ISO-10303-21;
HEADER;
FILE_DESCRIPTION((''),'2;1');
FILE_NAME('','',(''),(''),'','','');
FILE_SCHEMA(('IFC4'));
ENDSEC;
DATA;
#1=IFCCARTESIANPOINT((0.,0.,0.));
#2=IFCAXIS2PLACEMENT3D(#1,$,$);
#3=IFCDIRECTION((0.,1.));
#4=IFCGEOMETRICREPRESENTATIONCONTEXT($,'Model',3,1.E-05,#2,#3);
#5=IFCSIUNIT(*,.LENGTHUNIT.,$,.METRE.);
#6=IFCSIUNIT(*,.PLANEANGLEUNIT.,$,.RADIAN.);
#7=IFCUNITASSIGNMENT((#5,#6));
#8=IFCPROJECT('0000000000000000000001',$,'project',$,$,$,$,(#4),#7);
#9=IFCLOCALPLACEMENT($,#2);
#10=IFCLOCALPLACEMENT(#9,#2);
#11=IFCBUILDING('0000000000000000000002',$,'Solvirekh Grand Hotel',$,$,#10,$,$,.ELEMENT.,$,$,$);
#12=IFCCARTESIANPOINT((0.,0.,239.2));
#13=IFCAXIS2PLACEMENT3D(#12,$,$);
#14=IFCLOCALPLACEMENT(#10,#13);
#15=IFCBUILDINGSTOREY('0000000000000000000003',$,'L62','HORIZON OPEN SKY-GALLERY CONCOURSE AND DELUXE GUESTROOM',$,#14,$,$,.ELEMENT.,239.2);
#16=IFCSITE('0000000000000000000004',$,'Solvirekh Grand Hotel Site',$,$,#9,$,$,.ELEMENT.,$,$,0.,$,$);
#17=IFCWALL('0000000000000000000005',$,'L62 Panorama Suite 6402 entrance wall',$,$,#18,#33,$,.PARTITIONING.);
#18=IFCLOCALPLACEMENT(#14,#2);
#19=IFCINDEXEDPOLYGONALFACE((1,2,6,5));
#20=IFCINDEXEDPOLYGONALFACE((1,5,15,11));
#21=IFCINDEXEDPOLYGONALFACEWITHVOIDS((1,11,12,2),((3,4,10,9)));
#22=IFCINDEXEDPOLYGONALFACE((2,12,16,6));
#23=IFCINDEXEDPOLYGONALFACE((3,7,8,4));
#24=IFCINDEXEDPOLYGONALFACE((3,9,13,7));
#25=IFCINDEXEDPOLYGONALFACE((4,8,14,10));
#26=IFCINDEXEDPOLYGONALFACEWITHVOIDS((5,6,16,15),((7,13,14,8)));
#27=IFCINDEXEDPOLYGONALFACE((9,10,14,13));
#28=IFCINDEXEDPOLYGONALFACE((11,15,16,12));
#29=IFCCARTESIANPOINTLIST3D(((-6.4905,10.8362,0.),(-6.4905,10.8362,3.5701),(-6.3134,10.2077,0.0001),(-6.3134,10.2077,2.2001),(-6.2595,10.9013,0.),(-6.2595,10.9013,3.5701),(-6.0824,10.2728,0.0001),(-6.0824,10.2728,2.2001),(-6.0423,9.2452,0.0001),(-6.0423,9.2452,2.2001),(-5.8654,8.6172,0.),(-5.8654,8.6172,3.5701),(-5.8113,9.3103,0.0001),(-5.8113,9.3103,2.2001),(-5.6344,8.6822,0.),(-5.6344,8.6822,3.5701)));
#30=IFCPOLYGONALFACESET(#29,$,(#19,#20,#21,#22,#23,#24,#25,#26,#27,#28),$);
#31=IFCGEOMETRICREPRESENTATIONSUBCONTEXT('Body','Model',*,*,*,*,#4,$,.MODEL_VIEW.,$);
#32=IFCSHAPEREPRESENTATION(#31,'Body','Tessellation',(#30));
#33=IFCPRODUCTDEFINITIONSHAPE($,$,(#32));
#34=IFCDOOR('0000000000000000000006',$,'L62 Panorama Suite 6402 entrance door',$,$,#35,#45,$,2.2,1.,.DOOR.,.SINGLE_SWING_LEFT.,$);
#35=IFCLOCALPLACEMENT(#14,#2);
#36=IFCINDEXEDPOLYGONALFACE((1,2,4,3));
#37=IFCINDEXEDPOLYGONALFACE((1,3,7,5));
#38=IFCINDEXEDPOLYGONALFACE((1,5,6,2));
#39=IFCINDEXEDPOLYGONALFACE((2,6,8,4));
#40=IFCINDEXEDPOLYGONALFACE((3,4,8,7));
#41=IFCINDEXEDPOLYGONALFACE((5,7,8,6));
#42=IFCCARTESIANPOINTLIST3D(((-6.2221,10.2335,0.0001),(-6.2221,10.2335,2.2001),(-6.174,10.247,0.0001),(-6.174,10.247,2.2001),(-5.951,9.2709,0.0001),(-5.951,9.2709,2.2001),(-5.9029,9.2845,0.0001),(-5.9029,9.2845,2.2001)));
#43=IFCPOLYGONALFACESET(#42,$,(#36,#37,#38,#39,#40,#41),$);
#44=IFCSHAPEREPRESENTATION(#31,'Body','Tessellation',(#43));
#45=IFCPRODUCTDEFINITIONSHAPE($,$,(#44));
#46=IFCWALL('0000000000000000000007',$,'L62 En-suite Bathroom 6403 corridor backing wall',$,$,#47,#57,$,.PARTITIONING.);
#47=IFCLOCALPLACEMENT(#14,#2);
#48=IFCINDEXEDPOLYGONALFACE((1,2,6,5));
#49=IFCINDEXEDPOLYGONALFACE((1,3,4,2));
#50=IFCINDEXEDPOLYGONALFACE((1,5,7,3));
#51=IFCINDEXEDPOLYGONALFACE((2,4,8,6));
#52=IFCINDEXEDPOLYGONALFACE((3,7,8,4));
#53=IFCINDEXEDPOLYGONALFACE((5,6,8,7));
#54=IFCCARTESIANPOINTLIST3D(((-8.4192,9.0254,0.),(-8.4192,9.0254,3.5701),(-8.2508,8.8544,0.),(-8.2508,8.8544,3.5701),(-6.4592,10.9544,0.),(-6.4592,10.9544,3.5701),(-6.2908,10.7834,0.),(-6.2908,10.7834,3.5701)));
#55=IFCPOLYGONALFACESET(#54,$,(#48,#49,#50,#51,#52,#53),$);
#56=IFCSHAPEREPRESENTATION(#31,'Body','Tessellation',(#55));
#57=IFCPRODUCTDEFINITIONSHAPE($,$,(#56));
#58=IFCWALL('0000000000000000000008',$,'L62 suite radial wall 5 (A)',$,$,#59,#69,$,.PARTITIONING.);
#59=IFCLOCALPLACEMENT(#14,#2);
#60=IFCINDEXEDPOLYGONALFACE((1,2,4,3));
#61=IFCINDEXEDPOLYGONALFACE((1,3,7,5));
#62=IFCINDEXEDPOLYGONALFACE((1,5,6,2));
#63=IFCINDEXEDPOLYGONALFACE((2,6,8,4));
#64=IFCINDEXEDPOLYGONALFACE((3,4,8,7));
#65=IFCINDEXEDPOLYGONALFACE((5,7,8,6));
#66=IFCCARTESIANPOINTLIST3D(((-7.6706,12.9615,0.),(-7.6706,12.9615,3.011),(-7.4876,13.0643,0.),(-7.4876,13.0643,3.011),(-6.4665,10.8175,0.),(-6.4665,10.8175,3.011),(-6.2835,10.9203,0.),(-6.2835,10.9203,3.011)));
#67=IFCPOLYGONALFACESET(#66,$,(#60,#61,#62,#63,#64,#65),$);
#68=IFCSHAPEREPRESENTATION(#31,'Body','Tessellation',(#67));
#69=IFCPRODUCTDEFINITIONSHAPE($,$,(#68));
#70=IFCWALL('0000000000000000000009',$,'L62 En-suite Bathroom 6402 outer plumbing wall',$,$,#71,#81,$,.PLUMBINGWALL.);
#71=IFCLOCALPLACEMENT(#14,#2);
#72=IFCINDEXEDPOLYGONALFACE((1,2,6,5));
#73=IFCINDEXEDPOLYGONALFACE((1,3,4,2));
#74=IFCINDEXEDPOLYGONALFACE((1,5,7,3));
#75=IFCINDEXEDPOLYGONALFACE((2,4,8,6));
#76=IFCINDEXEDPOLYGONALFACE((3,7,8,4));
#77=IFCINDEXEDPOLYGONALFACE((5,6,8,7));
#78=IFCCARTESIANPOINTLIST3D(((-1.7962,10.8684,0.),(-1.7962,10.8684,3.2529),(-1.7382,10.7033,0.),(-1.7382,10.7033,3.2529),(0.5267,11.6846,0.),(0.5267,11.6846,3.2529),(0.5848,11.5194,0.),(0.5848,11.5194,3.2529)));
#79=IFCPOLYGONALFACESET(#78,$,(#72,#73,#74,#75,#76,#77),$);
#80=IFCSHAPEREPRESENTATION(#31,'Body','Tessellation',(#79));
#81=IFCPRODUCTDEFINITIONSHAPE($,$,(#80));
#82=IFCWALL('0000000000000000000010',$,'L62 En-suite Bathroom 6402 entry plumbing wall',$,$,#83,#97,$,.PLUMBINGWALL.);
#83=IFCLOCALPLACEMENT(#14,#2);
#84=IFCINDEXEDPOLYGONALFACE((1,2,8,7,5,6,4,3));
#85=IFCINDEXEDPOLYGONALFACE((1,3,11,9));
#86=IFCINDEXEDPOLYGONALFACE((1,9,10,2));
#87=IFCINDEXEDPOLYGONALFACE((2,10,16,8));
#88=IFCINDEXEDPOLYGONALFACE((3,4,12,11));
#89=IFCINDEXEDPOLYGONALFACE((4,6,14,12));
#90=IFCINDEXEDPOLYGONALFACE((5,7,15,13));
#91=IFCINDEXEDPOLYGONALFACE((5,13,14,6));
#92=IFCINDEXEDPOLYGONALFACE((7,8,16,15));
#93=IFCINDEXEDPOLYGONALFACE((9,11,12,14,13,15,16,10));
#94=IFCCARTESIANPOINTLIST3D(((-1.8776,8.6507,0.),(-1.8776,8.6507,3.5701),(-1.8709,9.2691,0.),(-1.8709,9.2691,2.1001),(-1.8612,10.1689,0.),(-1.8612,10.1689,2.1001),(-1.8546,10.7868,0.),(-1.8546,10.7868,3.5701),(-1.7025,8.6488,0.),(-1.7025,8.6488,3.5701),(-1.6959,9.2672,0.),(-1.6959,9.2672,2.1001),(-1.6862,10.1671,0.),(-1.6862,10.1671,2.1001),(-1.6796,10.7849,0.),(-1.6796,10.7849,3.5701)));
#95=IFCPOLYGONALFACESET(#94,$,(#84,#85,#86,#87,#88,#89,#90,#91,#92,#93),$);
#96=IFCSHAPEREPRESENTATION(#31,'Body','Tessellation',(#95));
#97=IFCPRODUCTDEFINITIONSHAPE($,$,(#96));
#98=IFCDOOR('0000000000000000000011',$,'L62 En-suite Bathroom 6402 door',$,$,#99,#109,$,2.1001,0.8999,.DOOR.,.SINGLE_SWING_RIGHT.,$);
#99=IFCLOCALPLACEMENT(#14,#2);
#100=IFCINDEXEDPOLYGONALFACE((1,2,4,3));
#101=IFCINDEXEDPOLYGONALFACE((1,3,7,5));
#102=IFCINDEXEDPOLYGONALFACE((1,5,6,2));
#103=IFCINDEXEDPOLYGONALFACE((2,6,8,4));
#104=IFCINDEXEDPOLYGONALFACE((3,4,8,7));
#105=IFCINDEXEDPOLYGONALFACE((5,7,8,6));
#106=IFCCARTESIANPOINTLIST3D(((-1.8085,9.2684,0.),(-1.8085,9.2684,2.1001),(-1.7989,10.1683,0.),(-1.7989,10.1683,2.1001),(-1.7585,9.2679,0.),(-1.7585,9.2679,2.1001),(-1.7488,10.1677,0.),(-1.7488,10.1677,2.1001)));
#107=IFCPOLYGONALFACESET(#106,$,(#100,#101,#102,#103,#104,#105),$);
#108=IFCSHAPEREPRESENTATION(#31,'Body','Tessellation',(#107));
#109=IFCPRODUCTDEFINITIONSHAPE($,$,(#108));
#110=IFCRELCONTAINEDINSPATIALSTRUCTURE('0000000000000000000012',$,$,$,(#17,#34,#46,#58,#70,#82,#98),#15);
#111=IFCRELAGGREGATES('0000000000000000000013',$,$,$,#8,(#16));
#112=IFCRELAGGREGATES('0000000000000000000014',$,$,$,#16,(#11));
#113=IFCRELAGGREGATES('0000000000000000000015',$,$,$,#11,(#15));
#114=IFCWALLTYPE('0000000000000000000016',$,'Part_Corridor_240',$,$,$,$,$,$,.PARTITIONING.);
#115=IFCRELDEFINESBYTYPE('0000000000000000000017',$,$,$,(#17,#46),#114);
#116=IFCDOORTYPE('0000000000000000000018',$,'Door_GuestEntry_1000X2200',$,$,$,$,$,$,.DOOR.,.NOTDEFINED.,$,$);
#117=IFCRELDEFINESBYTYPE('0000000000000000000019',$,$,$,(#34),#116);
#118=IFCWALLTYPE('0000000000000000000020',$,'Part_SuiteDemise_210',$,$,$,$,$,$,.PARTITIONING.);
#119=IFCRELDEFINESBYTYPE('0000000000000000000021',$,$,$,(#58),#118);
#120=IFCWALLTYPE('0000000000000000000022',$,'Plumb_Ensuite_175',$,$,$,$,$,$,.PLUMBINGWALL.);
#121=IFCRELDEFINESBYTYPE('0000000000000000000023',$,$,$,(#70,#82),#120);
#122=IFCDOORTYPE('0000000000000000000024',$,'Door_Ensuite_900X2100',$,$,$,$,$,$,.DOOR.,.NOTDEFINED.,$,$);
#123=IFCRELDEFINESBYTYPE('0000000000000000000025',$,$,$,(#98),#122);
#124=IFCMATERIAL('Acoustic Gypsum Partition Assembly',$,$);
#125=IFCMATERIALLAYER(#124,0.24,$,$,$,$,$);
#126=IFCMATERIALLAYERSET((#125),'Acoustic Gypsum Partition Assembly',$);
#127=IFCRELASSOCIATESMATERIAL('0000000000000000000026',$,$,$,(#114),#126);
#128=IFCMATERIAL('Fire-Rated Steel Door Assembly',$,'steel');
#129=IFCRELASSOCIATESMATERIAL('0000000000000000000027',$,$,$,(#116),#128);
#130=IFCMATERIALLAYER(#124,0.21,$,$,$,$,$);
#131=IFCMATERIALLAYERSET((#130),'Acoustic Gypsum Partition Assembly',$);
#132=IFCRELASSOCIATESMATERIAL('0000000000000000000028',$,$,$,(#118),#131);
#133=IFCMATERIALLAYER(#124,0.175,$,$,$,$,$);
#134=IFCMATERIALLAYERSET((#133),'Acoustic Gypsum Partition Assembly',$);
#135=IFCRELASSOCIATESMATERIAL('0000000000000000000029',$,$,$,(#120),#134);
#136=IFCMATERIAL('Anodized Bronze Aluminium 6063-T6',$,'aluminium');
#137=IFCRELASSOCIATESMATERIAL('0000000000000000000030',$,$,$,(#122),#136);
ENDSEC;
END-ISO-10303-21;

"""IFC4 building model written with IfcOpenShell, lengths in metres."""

from ifc_helpers import new_model, si_unit, direction, frame, frame_2d, origin, place, context, subcontext, project, spatial, rectangle, extrude, material, layer, layer_set, type_object, element, fill, save


model = new_model("IFC4")

# Units and contexts
model_context = context("Model", 3, precision=1e-05, world=origin(), true_north=direction((0.0, 1.0)))
body_context = subcontext(model_context, "Body", "Model", "MODEL_VIEW")
ifc_project = project(units=[si_unit("LENGTHUNIT", "METRE"), si_unit("PLANEANGLEUNIT", "RADIAN")], contexts=[model_context])

# Site, building, storey
site_placement = place(None, origin())
site = spatial("IfcSite", under=ifc_project, at=site_placement, Name="Solvirekh Grand Hotel Site", CompositionType="ELEMENT", RefElevation=0.0)
building_placement = place(site_placement, origin())
building = spatial("IfcBuilding", under=site, at=building_placement, Name="Solvirekh Grand Hotel", CompositionType="ELEMENT")
storey_placement = place(building_placement, frame((0.0, 0.0, 239.2)))
storey = spatial("IfcBuildingStorey", under=building, at=storey_placement, Name="L62", Description="HORIZON OPEN SKY-GALLERY CONCOURSE AND DELUXE GUESTROOM", CompositionType="ELEMENT", Elevation=239.2)

# Shared definitions
ifc_material_1 = material(Name="Anodized Bronze Aluminium 6063-T6", Category="aluminium")

# Shared definitions
ifc_material_2 = material(Name="Acoustic Gypsum Partition Assembly")
ifc_layer_1 = layer(ifc_material_2, 0.24)
ifc_layer_set_1 = layer_set([ifc_layer_1], Name="Acoustic Gypsum Partition Assembly")
wall_type_1 = type_object("IfcWallType", Name="Part_Corridor_240", PredefinedType="PARTITIONING", material=ifc_layer_set_1)

# Wall, opening, door
wall_1_placement = place(storey_placement, frame((-6.375, 10.8689, 0.0), z_axis=(0.0, 0.0, 1.0), x_axis=(0.271111, -0.962548, 0.0)))
wall_1 = element("IfcWall", 1, at=wall_1_placement, inside=storey, type_object=wall_type_1, Name="L62 Panorama Suite 6402 entrance wall", PredefinedType="PARTITIONING", context=body_context, shape_type="SweptSolid", body=[
    extrude(rectangle(XDim=2.3054, YDim=0.24, at=frame_2d((1.1528, 0.0))), origin(), (0.0, 0.0, 1.0), 3.5701),
])
opening_1_placement = place(wall_1_placement, frame((0.6531, 0.0, 0.0)))
opening_1 = element("IfcOpeningElement", 2, at=opening_1_placement, cuts=wall_1, PredefinedType="OPENING", context=body_context, shape_type="SweptSolid", body=[
    extrude(rectangle(XDim=1.0, YDim=2.2, at=frame_2d((0.5, 1.1001))), frame((0.0, 0.1299, 0.0), z_axis=(0.0, -1.0, 0.0), x_axis=(1.0, 0.0, 0.0)), (0.0, 0.0, 1.0), 0.26),
])
ifc_material_3 = material(Name="Fire-Rated Steel Door Assembly", Category="steel")
door_type_1 = type_object("IfcDoorType", Name="Door_GuestEntry_1000X2200", OperationType="NOTDEFINED", PredefinedType="DOOR", material=ifc_material_3)
door_1_placement = place(opening_1_placement, origin())
door_1 = element("IfcDoor", 3, at=door_1_placement, inside=storey, type_object=door_type_1, Name="L62 Panorama Suite 6402 entrance door", OperationType="SINGLE_SWING_LEFT", OverallHeight=2.2, OverallWidth=1.0, PredefinedType="DOOR", context=body_context, shape_type="SweptSolid", body=[
    extrude(rectangle(XDim=1.0, YDim=2.2, at=frame_2d((0.5, 1.1001))), frame((0.0, 0.0249, 0.0), z_axis=(0.0, -1.0, 0.0), x_axis=(1.0, 0.0, 0.0)), (0.0, 0.0, 1.0), 0.05),
])
fill(opening_1, door_1)

# Walls
wall_2_placement = place(storey_placement, frame((-6.375, 10.8689, 0.0), z_axis=(0.0, 0.0, 1.0), x_axis=(-0.712722, -0.701447, 0.0)))
element("IfcWall", 4, at=wall_2_placement, inside=storey, type_object=wall_type_1, Name="L62 En-suite Bathroom 6403 corridor backing wall", PredefinedType="PARTITIONING", context=body_context, shape_type="SweptSolid", body=[
    extrude(rectangle(XDim=2.75, YDim=0.24, at=frame_2d((1.375, 0.0))), origin(), (0.0, 0.0, 1.0), 3.5701),
])
ifc_layer_2 = layer(ifc_material_2, 0.21)
ifc_layer_set_2 = layer_set([ifc_layer_2], Name="Acoustic Gypsum Partition Assembly")
wall_type_2 = type_object("IfcWallType", Name="Part_SuiteDemise_210", PredefinedType="PARTITIONING", material=ifc_layer_set_2)
wall_3_placement = place(storey_placement, frame((-6.375, 10.8689, 0.0), z_axis=(0.0, 0.0, 1.0), x_axis=(-0.489667, 0.871909, 0.0)))
element("IfcWall", 5, at=wall_3_placement, inside=storey, type_object=wall_type_2, Name="L62 suite radial wall 5 (A)", PredefinedType="PARTITIONING", context=body_context, shape_type="SweptSolid", body=[
    extrude(rectangle(XDim=2.459, YDim=0.21, at=frame_2d((1.2295, 0.0))), origin(), (0.0, 0.0, 1.0), 3.011),
])
ifc_layer_3 = layer(ifc_material_2, 0.175)
ifc_layer_set_3 = layer_set([ifc_layer_3], Name="Acoustic Gypsum Partition Assembly")
wall_type_3 = type_object("IfcWallType", Name="Plumb_Ensuite_175", PredefinedType="PLUMBINGWALL", material=ifc_layer_set_3)
wall_4_placement = place(storey_placement, frame((-1.7671, 10.7859, 0.0), z_axis=(0.0, 0.0, 1.0), x_axis=(0.943463, 0.331476, 0.0)))
element("IfcWall", 6, at=wall_4_placement, inside=storey, type_object=wall_type_3, Name="L62 En-suite Bathroom 6402 outer plumbing wall", PredefinedType="PLUMBINGWALL", context=body_context, shape_type="SweptSolid", body=[
    extrude(rectangle(XDim=2.4622, YDim=0.175, at=frame_2d((1.231, 0.0))), origin(), (0.0, 0.0, 1.0), 3.2529),
])

# Wall, opening, door
wall_5_placement = place(storey_placement, frame((-1.7671, 10.7859, 0.0), z_axis=(0.0, 0.0, 1.0), x_axis=(-0.010743, -0.999942, 0.0)))
wall_5 = element("IfcWall", 7, at=wall_5_placement, inside=storey, type_object=wall_type_3, Name="L62 En-suite Bathroom 6402 entry plumbing wall", PredefinedType="PLUMBINGWALL", context=body_context, shape_type="SweptSolid", body=[
    extrude(rectangle(XDim=2.1362, YDim=0.175, at=frame_2d((1.0681, 0.0))), origin(), (0.0, 0.0, 1.0), 3.5701),
])
opening_2_placement = place(wall_5_placement, frame((0.6179, 0.0, 0.0)))
opening_2 = element("IfcOpeningElement", 8, at=opening_2_placement, cuts=wall_5, PredefinedType="OPENING", context=body_context, shape_type="SweptSolid", body=[
    extrude(rectangle(XDim=0.8999, YDim=2.1001, at=frame_2d((0.45, 1.05))), frame((0.0, 0.0977, 0.0), z_axis=(0.0, -1.0, 0.0), x_axis=(1.0, 0.0, 0.0)), (0.0, 0.0, 1.0), 0.1951),
])
door_type_2 = type_object("IfcDoorType", Name="Door_Ensuite_900X2100", OperationType="NOTDEFINED", PredefinedType="DOOR", material=ifc_material_1)
door_2_placement = place(opening_2_placement, origin())
door_2 = element("IfcDoor", 9, at=door_2_placement, inside=storey, type_object=door_type_2, Name="L62 En-suite Bathroom 6402 door", OperationType="SINGLE_SWING_RIGHT", OverallHeight=2.1001, OverallWidth=0.8999, PredefinedType="DOOR", context=body_context, shape_type="SweptSolid", body=[
    extrude(rectangle(XDim=0.8999, YDim=2.1001, at=frame_2d((0.45, 1.05))), frame((0.0, 0.0249, 0.0), z_axis=(0.0, -1.0, 0.0), x_axis=(1.0, 0.0, 0.0)), (0.0, 0.0, 1.0), 0.05),
])
fill(opening_2, door_2)

save(model, "model.ifc")
